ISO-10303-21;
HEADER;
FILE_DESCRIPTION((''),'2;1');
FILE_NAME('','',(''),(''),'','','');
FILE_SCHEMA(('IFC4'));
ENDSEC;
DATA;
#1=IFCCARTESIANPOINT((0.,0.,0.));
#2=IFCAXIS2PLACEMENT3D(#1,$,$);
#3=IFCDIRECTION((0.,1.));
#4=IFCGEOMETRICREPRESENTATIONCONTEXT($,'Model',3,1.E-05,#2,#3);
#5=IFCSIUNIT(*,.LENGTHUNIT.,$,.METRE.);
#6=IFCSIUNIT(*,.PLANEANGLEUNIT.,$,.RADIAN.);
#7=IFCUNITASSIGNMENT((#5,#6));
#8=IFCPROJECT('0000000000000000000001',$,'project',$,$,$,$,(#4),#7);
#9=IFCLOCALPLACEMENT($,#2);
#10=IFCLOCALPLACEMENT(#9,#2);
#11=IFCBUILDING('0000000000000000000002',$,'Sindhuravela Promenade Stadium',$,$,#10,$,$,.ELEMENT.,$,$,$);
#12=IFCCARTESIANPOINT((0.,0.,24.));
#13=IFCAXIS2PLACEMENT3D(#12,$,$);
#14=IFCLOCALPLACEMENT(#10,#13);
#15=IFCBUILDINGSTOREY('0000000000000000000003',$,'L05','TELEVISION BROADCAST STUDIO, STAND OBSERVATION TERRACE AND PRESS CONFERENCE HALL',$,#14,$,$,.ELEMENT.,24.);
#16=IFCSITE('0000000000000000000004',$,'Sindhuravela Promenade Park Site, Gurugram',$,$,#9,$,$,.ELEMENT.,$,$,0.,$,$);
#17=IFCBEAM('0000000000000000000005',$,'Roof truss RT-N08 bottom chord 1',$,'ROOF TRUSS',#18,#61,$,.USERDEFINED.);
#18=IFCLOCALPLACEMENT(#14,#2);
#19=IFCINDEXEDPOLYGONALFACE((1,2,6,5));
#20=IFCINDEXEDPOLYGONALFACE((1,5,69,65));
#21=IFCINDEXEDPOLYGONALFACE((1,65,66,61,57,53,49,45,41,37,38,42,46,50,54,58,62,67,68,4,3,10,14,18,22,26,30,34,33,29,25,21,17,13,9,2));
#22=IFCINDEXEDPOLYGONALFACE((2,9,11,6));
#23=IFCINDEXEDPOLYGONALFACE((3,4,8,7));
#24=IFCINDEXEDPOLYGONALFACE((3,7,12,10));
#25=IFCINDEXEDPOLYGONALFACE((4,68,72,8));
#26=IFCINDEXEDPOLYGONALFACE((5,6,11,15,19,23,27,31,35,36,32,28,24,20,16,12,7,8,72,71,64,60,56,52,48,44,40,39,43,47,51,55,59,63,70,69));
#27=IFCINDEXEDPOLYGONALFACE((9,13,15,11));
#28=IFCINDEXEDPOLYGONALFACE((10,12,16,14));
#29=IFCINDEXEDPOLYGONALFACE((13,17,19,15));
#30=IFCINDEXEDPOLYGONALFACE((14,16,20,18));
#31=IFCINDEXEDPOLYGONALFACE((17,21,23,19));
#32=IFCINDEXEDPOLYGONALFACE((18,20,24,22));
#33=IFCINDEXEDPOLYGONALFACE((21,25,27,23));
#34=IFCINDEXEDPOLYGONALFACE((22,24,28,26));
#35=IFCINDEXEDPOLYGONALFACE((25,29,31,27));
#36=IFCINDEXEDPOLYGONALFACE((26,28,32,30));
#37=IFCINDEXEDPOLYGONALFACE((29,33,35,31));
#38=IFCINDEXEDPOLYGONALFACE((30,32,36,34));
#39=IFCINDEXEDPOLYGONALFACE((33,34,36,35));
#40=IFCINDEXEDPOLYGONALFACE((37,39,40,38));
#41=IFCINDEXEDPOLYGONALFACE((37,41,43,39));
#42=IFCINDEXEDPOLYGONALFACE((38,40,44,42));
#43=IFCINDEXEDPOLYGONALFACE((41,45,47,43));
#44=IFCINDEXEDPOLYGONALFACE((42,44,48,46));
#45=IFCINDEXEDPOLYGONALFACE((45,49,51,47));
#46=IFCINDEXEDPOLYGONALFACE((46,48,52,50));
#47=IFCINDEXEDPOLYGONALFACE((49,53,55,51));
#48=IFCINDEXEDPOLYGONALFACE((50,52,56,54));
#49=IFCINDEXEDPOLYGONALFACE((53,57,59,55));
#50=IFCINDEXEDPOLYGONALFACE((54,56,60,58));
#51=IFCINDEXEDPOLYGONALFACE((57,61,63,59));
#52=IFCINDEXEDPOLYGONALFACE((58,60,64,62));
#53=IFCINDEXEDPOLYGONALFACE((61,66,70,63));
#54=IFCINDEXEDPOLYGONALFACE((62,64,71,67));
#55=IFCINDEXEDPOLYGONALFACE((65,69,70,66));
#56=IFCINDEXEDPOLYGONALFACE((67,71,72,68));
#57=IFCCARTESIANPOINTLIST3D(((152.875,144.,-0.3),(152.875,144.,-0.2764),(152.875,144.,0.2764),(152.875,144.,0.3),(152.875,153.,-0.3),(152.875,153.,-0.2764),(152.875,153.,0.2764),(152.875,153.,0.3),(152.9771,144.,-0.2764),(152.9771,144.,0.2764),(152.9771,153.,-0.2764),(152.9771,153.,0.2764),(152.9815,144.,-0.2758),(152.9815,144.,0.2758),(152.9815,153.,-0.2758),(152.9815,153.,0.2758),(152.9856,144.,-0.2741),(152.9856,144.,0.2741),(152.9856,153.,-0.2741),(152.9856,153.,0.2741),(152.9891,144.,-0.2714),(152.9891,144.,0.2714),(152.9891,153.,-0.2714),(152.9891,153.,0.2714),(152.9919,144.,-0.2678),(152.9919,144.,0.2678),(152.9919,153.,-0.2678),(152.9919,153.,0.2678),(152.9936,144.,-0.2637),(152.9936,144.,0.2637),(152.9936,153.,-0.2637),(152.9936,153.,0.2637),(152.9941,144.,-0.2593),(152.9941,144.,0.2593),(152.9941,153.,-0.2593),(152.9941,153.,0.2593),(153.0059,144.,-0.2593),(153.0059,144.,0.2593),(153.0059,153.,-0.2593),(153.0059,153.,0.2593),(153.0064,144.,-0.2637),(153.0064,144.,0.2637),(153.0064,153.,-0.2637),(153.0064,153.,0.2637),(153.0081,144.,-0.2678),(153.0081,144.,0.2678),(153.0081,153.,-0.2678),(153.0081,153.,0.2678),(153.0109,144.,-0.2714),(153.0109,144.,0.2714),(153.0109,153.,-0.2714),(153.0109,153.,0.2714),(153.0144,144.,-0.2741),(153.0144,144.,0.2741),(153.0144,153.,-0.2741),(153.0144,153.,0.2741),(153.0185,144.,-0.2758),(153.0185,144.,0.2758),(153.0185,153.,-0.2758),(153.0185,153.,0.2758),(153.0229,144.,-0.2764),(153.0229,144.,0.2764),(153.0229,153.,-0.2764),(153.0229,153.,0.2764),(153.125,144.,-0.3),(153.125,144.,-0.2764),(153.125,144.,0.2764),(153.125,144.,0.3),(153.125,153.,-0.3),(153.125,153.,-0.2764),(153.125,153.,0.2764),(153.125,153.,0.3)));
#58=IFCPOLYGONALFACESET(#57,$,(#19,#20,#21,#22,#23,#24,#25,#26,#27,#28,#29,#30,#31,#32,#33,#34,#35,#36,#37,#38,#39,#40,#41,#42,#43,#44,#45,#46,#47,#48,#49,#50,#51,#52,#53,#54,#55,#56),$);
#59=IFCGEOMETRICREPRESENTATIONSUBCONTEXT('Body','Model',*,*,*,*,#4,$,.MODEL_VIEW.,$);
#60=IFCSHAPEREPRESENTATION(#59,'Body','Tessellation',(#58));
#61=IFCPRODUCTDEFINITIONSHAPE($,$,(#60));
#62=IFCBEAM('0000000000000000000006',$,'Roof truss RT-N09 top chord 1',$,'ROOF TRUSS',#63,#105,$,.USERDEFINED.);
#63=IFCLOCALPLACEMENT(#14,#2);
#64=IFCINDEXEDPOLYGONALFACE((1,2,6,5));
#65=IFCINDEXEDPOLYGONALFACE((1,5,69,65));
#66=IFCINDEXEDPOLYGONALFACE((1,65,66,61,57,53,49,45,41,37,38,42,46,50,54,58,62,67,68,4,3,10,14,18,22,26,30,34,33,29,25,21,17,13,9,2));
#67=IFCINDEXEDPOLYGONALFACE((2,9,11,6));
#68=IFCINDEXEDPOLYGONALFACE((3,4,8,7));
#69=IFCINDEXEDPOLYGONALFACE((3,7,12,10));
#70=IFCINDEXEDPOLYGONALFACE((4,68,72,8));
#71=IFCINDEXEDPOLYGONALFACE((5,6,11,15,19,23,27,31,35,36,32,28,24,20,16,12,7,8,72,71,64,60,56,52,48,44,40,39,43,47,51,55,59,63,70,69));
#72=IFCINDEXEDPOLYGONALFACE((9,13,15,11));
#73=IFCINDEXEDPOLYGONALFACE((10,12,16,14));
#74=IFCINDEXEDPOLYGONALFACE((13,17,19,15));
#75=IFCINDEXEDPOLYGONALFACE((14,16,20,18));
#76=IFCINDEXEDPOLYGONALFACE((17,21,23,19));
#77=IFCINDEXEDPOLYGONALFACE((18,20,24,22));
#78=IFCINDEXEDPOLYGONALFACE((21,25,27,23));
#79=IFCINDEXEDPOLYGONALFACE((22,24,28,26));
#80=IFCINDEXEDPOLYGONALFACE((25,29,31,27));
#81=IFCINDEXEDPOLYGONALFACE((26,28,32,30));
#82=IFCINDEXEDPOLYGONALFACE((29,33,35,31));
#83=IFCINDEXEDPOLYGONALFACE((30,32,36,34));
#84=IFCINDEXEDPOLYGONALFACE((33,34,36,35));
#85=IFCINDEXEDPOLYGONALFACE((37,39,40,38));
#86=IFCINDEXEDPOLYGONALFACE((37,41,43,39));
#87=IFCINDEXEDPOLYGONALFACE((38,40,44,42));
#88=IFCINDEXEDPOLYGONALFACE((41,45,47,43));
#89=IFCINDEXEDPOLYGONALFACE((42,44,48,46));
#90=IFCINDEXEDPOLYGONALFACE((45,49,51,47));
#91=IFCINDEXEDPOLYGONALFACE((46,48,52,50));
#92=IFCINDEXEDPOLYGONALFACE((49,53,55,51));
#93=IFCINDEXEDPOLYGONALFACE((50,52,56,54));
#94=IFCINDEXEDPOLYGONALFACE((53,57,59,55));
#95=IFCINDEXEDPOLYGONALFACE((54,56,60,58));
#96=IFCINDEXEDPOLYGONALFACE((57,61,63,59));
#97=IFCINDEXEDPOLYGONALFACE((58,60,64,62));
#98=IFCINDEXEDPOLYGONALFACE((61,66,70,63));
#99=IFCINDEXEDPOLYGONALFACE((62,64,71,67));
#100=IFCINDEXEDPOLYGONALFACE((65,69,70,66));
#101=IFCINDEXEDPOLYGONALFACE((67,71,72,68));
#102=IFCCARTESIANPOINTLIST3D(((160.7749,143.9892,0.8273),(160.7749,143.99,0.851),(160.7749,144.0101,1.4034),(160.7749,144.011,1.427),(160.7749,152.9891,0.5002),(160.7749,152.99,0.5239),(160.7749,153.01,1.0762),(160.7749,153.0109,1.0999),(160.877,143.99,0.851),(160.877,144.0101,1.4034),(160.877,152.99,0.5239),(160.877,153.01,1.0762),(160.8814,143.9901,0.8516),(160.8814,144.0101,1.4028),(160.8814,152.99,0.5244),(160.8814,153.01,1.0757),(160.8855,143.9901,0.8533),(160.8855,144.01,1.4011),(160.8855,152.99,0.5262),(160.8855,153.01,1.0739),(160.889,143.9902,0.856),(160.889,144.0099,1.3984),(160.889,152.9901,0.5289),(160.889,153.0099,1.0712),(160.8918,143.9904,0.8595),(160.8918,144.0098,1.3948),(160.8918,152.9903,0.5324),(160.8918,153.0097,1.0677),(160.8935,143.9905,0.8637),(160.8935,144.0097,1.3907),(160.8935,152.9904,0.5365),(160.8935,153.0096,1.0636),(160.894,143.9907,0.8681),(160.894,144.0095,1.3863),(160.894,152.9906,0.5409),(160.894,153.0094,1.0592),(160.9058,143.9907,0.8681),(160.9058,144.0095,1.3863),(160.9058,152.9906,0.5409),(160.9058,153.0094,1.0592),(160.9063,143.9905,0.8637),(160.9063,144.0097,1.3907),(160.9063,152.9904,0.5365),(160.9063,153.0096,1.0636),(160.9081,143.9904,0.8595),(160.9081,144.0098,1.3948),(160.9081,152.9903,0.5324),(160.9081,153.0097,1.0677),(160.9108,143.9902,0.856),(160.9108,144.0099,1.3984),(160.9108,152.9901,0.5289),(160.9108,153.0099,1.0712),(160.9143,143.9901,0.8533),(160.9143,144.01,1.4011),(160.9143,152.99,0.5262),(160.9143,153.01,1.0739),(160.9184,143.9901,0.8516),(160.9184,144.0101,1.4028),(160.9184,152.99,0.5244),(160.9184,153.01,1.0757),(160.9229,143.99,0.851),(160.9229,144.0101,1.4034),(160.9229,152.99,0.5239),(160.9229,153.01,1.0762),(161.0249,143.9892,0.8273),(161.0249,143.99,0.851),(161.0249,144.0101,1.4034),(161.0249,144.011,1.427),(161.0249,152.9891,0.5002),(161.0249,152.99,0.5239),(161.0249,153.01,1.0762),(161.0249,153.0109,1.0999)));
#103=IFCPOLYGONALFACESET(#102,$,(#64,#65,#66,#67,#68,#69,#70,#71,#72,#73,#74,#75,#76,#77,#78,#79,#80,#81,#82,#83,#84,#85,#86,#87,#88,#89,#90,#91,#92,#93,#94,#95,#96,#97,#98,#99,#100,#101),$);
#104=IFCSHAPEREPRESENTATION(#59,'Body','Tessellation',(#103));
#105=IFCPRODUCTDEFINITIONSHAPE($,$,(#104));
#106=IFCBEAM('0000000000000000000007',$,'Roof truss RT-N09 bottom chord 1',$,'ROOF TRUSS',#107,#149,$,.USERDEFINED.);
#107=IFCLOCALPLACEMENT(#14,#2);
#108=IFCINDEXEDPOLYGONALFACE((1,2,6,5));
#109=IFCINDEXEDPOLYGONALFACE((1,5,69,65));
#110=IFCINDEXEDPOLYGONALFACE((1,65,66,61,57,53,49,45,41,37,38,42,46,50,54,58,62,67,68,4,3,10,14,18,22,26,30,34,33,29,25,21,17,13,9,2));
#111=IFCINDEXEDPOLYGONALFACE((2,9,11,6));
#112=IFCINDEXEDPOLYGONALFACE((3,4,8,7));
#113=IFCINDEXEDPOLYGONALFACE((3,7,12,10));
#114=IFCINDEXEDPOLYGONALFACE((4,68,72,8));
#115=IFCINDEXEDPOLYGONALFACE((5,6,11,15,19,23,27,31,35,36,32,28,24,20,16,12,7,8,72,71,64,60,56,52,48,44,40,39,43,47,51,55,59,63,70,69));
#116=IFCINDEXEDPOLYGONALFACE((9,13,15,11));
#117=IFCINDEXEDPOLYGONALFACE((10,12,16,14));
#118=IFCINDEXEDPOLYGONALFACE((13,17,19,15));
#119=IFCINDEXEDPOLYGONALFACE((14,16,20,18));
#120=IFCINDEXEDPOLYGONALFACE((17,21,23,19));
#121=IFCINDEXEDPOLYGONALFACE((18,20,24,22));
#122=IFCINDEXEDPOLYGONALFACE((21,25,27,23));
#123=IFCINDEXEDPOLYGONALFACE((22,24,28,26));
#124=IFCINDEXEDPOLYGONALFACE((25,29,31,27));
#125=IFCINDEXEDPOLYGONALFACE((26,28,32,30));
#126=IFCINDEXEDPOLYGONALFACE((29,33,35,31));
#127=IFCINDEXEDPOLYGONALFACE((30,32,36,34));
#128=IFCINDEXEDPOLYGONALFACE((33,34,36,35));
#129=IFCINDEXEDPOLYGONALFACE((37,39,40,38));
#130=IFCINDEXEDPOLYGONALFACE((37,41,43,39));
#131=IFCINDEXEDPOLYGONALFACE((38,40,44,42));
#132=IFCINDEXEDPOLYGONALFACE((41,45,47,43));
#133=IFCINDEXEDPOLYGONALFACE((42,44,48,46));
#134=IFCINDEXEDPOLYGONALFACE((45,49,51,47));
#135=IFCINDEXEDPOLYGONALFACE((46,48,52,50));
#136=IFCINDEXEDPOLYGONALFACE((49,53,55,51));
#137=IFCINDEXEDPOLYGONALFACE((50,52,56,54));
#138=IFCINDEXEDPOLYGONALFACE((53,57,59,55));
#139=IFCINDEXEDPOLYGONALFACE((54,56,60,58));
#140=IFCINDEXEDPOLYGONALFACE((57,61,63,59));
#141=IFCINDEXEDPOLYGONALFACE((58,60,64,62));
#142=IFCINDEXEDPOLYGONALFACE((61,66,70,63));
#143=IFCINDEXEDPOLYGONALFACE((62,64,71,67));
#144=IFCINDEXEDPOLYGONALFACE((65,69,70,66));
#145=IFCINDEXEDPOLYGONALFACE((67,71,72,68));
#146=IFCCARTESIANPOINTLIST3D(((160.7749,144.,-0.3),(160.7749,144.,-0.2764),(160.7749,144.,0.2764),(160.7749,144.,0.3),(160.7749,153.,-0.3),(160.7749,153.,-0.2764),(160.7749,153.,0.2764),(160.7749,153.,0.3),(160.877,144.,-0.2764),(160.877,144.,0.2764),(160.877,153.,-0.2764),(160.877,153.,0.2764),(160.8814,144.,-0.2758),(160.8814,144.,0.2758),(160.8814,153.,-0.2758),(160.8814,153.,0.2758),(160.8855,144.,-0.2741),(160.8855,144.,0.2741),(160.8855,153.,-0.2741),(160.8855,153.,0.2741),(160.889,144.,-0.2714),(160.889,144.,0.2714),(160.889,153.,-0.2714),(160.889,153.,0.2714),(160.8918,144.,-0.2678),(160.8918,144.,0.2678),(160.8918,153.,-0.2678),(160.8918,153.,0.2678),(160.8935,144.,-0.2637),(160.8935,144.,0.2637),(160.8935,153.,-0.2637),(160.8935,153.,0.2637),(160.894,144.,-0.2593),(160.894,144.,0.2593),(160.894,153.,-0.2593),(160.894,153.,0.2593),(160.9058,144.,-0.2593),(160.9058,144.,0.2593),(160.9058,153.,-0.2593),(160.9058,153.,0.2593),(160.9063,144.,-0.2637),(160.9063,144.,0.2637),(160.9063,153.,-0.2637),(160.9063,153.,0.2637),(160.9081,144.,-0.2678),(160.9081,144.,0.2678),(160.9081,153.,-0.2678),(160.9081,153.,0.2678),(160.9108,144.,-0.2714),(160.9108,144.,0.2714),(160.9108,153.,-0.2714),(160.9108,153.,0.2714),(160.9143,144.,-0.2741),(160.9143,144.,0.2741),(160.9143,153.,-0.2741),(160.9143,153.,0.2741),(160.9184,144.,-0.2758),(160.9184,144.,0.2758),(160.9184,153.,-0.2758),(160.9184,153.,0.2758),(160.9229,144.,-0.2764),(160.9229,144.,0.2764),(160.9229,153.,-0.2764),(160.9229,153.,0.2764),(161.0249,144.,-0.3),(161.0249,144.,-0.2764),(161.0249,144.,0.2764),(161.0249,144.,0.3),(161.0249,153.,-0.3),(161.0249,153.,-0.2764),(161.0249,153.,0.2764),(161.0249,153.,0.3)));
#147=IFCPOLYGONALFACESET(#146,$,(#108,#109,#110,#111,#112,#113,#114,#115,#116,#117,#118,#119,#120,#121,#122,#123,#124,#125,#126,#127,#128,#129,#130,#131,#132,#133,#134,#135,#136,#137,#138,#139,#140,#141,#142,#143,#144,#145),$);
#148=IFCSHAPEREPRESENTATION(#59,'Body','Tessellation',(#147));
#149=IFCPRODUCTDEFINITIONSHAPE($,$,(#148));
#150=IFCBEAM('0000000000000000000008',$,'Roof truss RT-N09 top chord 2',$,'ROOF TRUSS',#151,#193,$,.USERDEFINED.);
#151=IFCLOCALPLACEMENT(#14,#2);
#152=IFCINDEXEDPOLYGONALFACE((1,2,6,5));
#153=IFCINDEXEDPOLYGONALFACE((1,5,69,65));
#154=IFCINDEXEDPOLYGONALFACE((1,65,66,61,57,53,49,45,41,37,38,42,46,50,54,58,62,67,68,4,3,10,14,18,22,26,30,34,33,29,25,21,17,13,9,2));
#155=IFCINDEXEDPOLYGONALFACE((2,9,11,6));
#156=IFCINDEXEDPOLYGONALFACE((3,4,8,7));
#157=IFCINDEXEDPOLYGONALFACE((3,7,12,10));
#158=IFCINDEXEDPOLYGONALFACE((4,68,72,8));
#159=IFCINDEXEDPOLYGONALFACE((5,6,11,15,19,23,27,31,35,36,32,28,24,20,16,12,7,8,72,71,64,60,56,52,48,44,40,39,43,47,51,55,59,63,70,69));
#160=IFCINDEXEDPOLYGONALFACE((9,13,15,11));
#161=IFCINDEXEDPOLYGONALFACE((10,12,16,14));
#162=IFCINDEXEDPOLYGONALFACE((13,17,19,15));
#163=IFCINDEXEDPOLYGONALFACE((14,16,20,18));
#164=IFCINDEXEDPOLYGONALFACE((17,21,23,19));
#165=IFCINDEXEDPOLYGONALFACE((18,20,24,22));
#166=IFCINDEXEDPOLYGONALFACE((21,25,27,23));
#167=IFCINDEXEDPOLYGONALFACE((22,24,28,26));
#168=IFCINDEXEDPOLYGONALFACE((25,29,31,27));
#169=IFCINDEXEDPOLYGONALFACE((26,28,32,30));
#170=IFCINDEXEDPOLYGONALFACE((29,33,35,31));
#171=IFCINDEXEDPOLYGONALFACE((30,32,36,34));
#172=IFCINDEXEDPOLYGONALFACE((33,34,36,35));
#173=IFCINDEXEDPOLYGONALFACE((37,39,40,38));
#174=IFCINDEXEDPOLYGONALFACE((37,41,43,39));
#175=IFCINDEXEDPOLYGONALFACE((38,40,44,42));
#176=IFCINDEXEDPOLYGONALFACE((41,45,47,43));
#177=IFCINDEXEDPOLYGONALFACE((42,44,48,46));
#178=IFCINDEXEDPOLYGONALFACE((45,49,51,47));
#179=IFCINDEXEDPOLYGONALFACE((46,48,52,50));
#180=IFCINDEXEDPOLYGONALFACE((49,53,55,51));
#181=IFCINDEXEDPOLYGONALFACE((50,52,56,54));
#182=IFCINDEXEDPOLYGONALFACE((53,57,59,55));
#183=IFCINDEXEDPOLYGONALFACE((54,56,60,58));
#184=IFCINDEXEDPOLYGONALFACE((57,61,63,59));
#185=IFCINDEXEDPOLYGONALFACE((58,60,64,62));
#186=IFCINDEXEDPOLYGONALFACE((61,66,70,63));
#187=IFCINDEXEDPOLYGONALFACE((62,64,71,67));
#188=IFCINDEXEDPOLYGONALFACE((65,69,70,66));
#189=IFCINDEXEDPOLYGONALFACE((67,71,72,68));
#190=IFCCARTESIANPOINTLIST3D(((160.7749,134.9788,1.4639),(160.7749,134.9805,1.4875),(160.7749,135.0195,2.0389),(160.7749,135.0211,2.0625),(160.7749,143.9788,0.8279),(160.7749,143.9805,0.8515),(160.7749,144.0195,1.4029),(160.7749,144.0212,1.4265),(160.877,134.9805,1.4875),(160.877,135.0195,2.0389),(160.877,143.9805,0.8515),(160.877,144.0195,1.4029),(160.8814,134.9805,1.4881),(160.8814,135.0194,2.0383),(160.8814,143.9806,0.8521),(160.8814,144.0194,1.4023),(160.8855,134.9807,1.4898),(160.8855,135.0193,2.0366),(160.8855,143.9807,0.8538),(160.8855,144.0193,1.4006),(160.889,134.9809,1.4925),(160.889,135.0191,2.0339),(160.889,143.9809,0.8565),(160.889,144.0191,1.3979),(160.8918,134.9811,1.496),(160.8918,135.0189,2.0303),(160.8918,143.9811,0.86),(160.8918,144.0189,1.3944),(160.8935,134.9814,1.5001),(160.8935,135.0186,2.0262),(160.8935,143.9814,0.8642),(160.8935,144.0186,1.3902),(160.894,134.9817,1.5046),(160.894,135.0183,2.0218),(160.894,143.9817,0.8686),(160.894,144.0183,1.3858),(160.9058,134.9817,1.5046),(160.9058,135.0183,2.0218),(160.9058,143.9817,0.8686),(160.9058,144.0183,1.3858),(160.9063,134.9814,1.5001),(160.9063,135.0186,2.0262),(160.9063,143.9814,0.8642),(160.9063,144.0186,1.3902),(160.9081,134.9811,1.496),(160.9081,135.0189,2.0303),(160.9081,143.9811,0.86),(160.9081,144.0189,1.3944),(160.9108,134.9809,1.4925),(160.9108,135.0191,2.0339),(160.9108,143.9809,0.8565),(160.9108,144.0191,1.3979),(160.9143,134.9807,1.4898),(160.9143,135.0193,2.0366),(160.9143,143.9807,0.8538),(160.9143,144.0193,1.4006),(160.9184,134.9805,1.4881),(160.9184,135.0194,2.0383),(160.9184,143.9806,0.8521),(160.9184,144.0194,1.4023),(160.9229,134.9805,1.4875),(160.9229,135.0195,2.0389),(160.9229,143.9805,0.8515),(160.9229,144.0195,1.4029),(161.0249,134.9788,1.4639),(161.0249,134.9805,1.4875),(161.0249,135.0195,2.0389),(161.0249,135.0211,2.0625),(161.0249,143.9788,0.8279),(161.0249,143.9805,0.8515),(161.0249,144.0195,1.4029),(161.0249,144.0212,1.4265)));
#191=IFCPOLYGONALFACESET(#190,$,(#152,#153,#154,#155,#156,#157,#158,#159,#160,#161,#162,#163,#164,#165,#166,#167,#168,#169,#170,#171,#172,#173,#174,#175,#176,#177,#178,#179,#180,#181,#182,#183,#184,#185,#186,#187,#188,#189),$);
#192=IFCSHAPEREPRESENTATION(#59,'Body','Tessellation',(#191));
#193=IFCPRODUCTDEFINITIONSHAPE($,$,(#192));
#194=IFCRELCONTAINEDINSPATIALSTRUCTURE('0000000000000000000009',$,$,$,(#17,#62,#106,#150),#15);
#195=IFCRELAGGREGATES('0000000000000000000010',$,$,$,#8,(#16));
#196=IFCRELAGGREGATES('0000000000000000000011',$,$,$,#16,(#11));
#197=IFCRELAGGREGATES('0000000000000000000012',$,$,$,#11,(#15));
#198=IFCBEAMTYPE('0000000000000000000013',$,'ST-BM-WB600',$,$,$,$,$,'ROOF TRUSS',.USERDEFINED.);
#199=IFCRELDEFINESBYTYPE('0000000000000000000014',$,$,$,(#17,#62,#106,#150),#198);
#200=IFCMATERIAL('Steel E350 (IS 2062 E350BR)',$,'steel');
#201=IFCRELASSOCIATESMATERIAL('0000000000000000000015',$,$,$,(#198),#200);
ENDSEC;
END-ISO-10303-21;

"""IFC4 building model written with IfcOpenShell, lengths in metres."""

from ifc_helpers import new_model, si_unit, direction, frame, origin, origin_2d, place, context, subcontext, project, spatial, i_section, extrude, material, material_profile, profile_set, type_object, element, save


model = new_model("IFC4")

# Units and contexts
model_context = context("Model", 3, precision=1e-05, world=origin(), true_north=direction((0.0, 1.0)))
body_context = subcontext(model_context, "Body", "Model", "MODEL_VIEW")
ifc_project = project(units=[si_unit("LENGTHUNIT", "METRE"), si_unit("PLANEANGLEUNIT", "RADIAN")], contexts=[model_context])

# Site, building, storey
site_placement = place(None, origin())
site = spatial("IfcSite", under=ifc_project, at=site_placement, Name="Sindhuravela Promenade Park Site, Gurugram", CompositionType="ELEMENT", RefElevation=0.0)
building_placement = place(site_placement, origin())
building = spatial("IfcBuilding", under=site, at=building_placement, Name="Sindhuravela Promenade Stadium", CompositionType="ELEMENT")
storey_placement = place(building_placement, frame((0.0, 0.0, 24.0)))
storey = spatial("IfcBuildingStorey", under=building, at=storey_placement, Name="L05", Description="TELEVISION BROADCAST STUDIO, STAND OBSERVATION TERRACE AND PRESS CONFERENCE HALL", CompositionType="ELEMENT", Elevation=24.0)

# Beams
ifc_material_1 = material(Name="Steel E350 (IS 2062 E350BR)", Category="steel")
ifc_material_profile_1 = material_profile(ifc_material_1, i_section(OverallWidth=0.25, OverallDepth=0.6001, WebThickness=0.0117, FlangeThickness=0.0237, FilletRadius=0.0171, at=origin_2d()), Name="ISWB 600")
ifc_profile_set_1 = profile_set([ifc_material_profile_1], Name="Steel E350 (IS 2062 E350BR)")
beam_type = type_object("IfcBeamType", Name="ST-BM-WB600", ElementType="ROOF TRUSS", PredefinedType="USERDEFINED", material=ifc_profile_set_1)
beam_1_placement = place(storey_placement, frame((153.0, 153.0, 0.0), z_axis=(0.0, -1.0, 0.0), x_axis=(1.0, 0.0, 0.0)))
element("IfcBeam", 1, at=beam_1_placement, inside=storey, type_object=beam_type, Name="Roof truss RT-N08 bottom chord 1", ObjectType="ROOF TRUSS", PredefinedType="USERDEFINED", context=body_context, shape_type="SweptSolid", body=[
    extrude(i_section(OverallWidth=0.25, OverallDepth=0.6001, WebThickness=0.0117, FlangeThickness=0.0237, FilletRadius=0.0171, at=origin_2d()), origin(), (0.0, 0.0, 1.0), 9.0),
])
beam_2_placement = place(storey_placement, frame((160.8999, 153.0, 0.8), z_axis=(0.0, -0.99934, 0.036326), x_axis=(1.0, 0.0, 0.0)))
element("IfcBeam", 2, at=beam_2_placement, inside=storey, type_object=beam_type, Name="Roof truss RT-N09 top chord 1", ObjectType="ROOF TRUSS", PredefinedType="USERDEFINED", context=body_context, shape_type="SweptSolid", body=[
    extrude(i_section(OverallWidth=0.25, OverallDepth=0.6001, WebThickness=0.0117, FlangeThickness=0.0237, FilletRadius=0.0171, at=origin_2d()), origin(), (0.0, 0.0, 1.0), 9.0059),
])
beam_3_placement = place(storey_placement, frame((160.8999, 153.0, 0.0), z_axis=(0.0, -1.0, 0.0), x_axis=(1.0, 0.0, 0.0)))
element("IfcBeam", 3, at=beam_3_placement, inside=storey, type_object=beam_type, Name="Roof truss RT-N09 bottom chord 1", ObjectType="ROOF TRUSS", PredefinedType="USERDEFINED", context=body_context, shape_type="SweptSolid", body=[
    extrude(i_section(OverallWidth=0.25, OverallDepth=0.6001, WebThickness=0.0117, FlangeThickness=0.0237, FilletRadius=0.0171, at=origin_2d()), origin(), (0.0, 0.0, 1.0), 9.0),
])
beam_4_placement = place(storey_placement, frame((160.8999, 144.0, 1.1272), z_axis=(0.0, -0.997513, 0.070489), x_axis=(1.0, 0.0, 0.0)))
element("IfcBeam", 4, at=beam_4_placement, inside=storey, type_object=beam_type, Name="Roof truss RT-N09 top chord 2", ObjectType="ROOF TRUSS", PredefinedType="USERDEFINED", context=body_context, shape_type="SweptSolid", body=[
    extrude(i_section(OverallWidth=0.25, OverallDepth=0.6001, WebThickness=0.0117, FlangeThickness=0.0237, FilletRadius=0.0171, at=origin_2d()), origin(), (0.0, 0.0, 1.0), 9.0225),
])

save(model, "model.ifc")
